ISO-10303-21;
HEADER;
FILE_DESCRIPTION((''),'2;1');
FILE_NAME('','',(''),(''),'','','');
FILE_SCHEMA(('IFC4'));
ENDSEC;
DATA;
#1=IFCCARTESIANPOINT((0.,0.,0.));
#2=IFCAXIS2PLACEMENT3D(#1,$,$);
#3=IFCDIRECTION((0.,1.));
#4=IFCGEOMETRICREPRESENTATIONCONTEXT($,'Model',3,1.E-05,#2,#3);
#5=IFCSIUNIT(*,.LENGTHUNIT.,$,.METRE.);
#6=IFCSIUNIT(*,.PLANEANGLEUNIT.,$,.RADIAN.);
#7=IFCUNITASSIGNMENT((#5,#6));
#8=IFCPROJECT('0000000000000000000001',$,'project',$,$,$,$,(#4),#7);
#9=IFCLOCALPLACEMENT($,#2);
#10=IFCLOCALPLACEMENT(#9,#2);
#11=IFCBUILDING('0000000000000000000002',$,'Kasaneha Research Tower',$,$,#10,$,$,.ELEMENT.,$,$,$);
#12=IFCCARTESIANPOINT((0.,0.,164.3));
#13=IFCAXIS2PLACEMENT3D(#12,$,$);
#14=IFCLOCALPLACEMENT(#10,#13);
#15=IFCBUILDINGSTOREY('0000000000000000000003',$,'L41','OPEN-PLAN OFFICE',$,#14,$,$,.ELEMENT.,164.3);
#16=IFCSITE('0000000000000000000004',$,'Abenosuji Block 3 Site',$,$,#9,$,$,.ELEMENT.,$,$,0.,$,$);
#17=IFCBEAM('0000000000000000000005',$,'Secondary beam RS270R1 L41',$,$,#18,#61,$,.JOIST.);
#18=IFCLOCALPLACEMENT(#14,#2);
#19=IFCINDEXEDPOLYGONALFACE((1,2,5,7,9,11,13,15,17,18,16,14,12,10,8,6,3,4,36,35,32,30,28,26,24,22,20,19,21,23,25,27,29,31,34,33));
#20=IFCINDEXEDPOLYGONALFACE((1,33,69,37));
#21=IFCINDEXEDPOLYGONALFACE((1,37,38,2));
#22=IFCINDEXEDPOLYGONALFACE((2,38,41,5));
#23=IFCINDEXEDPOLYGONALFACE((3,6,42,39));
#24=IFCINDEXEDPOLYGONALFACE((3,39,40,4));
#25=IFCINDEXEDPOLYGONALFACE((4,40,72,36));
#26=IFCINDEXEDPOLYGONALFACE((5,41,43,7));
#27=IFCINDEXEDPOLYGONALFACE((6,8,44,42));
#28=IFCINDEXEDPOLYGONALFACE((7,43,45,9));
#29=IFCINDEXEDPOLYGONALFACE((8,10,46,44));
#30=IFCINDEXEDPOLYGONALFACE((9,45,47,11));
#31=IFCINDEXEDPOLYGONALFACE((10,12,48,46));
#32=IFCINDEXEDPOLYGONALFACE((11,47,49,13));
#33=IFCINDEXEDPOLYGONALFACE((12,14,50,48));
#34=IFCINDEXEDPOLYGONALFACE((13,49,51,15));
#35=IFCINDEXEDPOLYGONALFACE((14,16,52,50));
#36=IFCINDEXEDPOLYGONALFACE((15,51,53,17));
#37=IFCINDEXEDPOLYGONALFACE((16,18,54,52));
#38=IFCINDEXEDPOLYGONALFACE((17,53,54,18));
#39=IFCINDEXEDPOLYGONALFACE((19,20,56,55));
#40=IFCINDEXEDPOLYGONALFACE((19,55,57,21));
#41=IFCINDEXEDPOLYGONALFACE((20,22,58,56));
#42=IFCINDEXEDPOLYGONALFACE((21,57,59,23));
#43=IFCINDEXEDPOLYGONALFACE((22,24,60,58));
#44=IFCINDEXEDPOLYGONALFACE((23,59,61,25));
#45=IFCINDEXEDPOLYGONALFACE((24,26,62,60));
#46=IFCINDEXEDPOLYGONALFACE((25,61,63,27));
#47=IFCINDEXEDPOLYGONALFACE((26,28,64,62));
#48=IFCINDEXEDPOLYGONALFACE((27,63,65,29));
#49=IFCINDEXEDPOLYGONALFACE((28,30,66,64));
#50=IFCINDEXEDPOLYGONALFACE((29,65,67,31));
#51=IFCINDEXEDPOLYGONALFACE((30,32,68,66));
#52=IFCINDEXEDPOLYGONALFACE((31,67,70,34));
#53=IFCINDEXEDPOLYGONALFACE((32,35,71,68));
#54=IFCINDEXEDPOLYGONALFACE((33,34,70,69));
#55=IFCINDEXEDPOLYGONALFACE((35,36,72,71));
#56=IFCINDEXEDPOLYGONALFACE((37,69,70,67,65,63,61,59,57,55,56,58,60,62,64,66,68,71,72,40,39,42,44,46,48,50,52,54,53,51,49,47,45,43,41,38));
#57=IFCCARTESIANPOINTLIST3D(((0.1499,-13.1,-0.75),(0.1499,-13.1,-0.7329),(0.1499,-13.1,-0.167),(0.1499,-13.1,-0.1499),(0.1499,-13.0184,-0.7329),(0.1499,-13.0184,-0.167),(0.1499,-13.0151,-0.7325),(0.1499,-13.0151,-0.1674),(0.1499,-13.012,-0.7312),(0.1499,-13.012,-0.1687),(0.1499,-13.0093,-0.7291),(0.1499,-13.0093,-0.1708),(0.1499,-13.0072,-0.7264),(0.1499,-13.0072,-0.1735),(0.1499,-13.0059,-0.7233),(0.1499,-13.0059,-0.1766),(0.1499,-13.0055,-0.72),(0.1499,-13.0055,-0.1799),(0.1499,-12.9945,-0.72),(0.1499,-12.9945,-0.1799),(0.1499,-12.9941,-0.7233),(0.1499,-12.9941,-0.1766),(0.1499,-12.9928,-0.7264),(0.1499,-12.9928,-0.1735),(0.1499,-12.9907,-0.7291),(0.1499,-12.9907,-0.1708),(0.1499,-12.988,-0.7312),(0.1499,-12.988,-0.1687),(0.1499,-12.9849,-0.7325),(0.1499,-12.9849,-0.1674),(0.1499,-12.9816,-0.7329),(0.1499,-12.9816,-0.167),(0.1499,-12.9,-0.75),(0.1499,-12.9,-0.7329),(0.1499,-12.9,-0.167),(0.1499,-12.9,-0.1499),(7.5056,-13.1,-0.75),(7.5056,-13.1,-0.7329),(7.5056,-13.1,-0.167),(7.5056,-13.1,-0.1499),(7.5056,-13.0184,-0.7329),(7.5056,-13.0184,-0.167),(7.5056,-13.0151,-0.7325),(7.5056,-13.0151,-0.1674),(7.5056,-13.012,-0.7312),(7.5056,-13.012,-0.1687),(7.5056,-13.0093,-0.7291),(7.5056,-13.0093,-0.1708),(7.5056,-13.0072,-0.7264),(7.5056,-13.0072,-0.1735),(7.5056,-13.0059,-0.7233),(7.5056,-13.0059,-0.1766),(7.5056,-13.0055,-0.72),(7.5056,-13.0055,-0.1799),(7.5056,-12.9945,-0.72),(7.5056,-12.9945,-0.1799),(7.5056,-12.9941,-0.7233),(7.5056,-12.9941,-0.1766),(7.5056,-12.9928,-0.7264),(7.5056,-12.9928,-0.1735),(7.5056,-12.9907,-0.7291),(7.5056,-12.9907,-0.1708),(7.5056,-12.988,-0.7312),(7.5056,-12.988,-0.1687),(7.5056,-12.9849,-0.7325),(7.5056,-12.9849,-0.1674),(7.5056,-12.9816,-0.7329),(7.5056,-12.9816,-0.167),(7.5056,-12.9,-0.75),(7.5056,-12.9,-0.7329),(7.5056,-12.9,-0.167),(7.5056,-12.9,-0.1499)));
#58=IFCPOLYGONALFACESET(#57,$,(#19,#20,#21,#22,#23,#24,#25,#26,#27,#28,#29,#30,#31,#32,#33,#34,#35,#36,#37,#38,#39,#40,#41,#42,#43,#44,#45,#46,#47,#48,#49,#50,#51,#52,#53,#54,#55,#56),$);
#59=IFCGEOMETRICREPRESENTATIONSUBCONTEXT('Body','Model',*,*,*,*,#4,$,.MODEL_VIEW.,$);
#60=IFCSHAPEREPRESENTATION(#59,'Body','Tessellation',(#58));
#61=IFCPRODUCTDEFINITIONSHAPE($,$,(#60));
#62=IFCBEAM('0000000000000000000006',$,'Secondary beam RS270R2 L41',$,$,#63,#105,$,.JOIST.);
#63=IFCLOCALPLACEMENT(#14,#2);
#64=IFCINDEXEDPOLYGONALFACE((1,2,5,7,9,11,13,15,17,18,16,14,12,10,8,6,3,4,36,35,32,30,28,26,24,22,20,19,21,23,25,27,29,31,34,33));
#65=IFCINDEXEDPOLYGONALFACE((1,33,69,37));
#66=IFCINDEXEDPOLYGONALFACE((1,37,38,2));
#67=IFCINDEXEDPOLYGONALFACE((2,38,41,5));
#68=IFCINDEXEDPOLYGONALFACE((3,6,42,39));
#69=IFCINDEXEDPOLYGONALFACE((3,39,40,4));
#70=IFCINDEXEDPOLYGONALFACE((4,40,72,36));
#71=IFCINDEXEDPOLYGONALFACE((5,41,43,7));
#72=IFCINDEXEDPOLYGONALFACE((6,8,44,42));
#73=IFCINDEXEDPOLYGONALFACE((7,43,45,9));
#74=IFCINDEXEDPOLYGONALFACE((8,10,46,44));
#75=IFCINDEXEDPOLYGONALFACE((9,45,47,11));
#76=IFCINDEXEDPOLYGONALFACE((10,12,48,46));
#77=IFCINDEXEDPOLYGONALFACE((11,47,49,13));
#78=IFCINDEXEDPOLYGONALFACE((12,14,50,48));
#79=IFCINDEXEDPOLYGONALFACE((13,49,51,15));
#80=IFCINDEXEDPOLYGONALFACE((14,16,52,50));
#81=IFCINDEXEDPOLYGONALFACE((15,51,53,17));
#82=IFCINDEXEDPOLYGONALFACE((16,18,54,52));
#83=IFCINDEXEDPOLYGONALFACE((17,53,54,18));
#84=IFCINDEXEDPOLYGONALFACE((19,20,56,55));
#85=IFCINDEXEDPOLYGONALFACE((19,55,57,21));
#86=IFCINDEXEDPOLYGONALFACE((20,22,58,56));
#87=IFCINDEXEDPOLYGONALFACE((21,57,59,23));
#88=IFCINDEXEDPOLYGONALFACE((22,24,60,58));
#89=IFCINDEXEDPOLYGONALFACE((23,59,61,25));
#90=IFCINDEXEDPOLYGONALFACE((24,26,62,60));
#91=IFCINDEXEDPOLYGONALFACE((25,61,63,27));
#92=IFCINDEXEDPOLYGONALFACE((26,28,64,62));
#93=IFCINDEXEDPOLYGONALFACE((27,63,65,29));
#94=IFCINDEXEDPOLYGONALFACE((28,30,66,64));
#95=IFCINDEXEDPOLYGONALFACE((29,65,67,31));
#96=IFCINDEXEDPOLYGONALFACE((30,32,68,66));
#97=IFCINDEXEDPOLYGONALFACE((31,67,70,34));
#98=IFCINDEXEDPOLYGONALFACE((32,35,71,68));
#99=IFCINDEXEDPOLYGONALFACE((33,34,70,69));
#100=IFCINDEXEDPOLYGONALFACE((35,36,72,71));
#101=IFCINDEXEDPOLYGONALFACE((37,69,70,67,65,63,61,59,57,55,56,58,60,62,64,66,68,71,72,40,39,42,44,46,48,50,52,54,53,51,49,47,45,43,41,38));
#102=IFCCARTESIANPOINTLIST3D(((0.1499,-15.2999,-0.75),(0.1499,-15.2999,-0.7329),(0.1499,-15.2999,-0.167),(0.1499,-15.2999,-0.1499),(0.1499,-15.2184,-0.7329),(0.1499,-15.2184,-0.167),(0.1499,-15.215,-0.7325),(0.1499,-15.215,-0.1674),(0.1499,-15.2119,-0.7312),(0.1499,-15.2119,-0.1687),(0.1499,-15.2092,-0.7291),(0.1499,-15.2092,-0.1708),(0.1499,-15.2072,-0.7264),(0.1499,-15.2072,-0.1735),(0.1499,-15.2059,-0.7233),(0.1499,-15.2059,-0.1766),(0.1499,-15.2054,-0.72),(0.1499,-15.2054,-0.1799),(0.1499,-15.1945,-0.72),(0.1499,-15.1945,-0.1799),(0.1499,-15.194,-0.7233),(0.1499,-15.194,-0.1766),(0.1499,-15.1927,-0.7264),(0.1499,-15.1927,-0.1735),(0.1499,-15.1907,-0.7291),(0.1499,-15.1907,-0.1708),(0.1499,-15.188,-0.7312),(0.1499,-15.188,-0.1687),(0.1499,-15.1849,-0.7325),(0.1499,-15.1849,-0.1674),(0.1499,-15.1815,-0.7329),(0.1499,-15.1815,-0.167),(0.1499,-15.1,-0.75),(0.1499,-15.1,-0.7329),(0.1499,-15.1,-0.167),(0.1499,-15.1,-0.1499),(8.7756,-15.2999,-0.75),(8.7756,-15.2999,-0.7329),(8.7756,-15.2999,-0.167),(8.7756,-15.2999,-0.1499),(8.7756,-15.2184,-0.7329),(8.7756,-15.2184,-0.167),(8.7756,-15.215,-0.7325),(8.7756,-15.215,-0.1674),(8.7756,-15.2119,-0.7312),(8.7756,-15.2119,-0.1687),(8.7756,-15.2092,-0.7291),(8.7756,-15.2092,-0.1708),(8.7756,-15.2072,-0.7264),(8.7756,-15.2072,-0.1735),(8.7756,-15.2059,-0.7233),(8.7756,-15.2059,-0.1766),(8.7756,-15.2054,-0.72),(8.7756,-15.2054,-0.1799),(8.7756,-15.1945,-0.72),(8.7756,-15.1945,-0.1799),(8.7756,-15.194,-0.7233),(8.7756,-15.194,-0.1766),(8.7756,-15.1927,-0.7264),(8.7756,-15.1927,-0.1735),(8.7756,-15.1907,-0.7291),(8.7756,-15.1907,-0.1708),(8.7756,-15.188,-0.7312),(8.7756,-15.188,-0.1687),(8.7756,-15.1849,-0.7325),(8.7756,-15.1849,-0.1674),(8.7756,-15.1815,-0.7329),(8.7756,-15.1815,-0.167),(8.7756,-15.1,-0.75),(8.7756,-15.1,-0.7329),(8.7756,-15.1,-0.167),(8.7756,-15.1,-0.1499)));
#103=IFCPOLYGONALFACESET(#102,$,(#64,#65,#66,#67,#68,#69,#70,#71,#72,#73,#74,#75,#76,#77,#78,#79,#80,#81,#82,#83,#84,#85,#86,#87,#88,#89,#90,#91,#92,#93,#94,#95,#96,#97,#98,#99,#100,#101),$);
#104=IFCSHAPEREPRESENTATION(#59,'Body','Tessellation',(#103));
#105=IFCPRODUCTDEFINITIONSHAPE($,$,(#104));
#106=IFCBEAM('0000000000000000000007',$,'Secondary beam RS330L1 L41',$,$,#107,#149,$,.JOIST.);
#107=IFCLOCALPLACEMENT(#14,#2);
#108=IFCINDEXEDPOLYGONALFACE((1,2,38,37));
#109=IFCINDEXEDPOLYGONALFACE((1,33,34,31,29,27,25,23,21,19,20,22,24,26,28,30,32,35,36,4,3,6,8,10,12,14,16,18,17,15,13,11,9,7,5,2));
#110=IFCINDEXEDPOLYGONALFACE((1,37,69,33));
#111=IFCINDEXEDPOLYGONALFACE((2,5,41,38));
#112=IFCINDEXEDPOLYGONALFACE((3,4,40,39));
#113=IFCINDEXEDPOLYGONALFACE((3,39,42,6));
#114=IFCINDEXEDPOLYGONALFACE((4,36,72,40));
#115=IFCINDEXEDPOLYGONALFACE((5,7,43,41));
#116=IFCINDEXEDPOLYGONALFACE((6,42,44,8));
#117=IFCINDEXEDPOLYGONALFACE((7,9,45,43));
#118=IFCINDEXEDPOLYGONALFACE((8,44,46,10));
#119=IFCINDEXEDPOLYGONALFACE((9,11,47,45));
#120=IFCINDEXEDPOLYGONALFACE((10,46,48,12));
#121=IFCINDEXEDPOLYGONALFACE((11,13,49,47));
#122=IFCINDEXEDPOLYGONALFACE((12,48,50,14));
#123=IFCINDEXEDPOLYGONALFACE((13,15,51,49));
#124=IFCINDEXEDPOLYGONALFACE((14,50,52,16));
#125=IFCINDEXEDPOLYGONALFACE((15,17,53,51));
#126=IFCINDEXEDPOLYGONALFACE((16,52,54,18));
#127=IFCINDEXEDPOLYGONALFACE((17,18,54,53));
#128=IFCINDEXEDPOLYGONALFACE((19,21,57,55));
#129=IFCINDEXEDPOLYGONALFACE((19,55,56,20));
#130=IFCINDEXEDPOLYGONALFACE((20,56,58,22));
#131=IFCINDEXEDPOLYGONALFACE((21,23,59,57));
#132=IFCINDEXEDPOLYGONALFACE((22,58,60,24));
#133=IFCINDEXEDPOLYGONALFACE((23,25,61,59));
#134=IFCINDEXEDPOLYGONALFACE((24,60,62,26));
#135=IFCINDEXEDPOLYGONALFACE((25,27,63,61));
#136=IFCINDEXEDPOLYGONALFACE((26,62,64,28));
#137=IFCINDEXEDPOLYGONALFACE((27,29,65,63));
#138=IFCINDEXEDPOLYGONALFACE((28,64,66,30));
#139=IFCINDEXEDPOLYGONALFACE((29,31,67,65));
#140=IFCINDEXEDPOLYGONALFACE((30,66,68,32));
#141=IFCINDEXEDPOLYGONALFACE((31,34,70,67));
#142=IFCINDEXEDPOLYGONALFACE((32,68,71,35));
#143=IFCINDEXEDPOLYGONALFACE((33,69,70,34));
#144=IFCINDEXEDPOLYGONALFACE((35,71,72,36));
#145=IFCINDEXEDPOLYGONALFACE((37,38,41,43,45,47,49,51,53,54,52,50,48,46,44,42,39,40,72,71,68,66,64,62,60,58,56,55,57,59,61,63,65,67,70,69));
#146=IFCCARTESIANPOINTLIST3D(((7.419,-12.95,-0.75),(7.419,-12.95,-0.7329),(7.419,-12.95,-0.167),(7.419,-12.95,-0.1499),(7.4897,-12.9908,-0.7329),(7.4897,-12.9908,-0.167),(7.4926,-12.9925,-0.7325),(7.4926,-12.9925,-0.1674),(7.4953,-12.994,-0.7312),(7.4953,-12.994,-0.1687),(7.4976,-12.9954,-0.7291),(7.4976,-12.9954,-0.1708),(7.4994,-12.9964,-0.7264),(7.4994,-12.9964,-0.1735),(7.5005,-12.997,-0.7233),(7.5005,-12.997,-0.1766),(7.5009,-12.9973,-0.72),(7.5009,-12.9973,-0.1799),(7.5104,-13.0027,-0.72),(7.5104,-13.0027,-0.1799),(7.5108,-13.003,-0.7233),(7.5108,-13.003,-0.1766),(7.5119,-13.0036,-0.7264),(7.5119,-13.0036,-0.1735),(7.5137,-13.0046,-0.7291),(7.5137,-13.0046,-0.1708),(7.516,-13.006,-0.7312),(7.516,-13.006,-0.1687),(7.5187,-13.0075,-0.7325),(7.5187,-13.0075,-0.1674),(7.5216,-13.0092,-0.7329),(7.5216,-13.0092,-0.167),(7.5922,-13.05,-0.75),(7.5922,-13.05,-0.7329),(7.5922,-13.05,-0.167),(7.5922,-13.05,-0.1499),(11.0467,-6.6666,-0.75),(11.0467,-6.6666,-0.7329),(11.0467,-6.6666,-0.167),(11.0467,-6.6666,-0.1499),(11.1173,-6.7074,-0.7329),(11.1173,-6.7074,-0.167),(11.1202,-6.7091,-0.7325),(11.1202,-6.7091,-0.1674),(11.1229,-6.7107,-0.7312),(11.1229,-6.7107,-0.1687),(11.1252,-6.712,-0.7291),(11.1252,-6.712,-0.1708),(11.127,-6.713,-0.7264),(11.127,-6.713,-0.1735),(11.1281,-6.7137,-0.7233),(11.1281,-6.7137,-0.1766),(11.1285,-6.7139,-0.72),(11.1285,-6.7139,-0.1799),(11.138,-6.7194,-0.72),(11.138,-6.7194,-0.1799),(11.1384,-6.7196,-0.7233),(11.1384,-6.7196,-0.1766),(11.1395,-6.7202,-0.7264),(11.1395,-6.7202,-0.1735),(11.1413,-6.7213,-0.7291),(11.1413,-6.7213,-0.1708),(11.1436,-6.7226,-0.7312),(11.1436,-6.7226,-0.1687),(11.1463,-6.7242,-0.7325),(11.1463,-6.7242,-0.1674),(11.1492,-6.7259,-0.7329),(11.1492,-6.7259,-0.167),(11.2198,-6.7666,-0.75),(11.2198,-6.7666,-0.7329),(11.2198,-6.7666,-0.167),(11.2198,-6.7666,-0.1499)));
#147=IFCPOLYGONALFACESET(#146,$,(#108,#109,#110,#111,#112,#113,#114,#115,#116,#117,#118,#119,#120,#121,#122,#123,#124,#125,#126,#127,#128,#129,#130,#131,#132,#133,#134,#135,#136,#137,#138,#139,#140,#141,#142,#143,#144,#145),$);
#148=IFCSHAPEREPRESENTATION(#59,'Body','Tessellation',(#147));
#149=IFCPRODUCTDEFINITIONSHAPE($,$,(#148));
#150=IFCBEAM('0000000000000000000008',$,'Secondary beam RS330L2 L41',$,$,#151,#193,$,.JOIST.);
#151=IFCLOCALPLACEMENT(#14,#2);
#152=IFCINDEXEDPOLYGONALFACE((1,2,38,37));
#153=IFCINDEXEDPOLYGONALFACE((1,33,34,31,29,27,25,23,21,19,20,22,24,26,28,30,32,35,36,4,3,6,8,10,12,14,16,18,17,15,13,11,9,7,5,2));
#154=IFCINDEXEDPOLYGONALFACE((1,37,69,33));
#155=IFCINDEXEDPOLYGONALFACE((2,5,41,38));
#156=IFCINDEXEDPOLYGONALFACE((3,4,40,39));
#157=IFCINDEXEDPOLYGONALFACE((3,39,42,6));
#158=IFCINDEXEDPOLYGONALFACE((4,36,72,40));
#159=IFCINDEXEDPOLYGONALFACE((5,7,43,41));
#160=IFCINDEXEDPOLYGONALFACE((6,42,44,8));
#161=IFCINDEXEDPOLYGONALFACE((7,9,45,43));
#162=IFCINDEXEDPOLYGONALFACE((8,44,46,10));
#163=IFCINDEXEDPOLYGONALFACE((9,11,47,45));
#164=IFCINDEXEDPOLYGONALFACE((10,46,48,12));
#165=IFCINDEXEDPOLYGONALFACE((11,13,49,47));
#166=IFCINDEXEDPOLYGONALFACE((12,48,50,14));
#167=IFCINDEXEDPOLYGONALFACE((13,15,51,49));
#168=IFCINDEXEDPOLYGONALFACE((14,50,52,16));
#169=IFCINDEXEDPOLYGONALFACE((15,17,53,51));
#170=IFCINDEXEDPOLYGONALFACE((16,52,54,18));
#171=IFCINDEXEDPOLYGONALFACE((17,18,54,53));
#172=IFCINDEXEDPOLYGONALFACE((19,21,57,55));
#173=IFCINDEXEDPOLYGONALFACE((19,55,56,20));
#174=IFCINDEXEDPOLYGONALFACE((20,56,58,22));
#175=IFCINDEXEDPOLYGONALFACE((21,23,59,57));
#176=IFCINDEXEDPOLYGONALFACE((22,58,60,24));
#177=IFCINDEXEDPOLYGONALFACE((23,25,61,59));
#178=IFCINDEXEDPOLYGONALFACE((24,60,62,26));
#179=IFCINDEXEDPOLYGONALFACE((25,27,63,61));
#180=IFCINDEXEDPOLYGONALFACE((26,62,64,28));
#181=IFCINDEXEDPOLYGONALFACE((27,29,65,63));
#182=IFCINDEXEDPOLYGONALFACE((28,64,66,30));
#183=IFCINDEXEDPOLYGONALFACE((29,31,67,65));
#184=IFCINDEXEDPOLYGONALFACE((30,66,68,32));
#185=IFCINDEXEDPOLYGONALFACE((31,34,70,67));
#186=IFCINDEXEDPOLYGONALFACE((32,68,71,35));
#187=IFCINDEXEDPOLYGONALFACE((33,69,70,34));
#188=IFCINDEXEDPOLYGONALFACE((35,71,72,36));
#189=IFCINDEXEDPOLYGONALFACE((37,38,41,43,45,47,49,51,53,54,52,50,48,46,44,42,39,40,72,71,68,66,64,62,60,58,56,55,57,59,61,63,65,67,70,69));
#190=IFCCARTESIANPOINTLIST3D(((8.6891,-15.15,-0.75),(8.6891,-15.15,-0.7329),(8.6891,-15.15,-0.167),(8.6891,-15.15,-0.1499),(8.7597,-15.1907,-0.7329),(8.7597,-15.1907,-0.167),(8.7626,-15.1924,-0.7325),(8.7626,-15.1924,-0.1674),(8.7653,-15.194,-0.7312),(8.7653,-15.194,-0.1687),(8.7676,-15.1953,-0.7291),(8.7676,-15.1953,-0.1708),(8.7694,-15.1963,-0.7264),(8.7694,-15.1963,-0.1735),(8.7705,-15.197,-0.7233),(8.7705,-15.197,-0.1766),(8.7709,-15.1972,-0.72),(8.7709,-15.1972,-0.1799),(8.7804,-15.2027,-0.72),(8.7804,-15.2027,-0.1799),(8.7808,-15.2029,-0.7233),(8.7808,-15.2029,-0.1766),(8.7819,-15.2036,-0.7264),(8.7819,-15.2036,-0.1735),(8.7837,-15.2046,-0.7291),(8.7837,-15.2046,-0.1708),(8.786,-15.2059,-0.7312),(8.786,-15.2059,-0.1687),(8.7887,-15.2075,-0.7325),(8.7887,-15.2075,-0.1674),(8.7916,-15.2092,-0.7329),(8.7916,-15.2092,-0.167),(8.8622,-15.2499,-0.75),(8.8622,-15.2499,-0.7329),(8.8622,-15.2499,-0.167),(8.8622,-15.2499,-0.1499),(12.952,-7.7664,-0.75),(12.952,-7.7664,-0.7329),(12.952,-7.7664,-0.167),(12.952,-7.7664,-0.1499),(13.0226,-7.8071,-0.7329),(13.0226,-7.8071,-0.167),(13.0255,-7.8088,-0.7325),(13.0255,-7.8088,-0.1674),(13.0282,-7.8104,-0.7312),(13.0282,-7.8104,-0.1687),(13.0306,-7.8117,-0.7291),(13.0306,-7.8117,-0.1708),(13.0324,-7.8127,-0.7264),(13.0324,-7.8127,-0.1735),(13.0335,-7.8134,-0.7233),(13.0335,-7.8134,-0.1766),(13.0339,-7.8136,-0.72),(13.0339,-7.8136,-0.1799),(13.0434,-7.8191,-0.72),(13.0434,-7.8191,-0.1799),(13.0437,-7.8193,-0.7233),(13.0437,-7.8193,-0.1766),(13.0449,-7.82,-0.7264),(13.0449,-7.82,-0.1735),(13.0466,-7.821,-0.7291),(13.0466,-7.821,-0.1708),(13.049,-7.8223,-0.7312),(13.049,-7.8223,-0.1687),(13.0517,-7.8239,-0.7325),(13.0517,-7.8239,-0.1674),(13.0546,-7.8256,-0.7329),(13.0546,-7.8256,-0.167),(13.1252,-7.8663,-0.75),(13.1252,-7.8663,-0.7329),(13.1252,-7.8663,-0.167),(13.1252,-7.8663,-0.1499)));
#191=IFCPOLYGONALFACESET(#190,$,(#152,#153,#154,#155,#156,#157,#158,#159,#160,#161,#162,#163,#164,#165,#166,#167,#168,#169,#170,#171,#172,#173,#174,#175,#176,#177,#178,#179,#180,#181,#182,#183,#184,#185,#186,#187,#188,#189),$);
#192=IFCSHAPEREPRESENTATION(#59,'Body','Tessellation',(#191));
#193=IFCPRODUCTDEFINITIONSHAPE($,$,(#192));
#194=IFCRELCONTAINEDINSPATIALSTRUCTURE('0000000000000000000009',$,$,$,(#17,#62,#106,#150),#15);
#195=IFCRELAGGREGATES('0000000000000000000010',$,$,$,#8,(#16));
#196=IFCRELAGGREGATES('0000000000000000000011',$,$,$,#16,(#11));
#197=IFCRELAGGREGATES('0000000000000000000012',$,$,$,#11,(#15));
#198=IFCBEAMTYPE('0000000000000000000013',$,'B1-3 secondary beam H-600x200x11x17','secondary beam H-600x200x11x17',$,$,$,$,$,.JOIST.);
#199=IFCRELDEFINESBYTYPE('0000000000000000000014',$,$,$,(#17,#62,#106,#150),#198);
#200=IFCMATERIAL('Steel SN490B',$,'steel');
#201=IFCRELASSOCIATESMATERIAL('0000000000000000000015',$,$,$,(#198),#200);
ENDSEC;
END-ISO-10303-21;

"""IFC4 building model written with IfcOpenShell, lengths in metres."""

from ifc_helpers import new_model, si_unit, direction, frame, origin, origin_2d, place, context, subcontext, project, spatial, i_section, extrude, material, material_profile, profile_set, type_object, element, save


model = new_model("IFC4")

# Units and contexts
model_context = context("Model", 3, precision=1e-05, world=origin(), true_north=direction((0.0, 1.0)))
body_context = subcontext(model_context, "Body", "Model", "MODEL_VIEW")
ifc_project = project(units=[si_unit("LENGTHUNIT", "METRE"), si_unit("PLANEANGLEUNIT", "RADIAN")], contexts=[model_context])

# Site, building, storey
site_placement = place(None, origin())
site = spatial("IfcSite", under=ifc_project, at=site_placement, Name="Abenosuji Block 3 Site", CompositionType="ELEMENT", RefElevation=0.0)
building_placement = place(site_placement, origin())
building = spatial("IfcBuilding", under=site, at=building_placement, Name="Kasaneha Research Tower", CompositionType="ELEMENT")
storey_placement = place(building_placement, frame((0.0, 0.0, 164.3)))
storey = spatial("IfcBuildingStorey", under=building, at=storey_placement, Name="L41", Description="OPEN-PLAN OFFICE", CompositionType="ELEMENT", Elevation=164.3)

# Beams
ifc_material_1 = material(Name="Steel SN490B", Category="steel")
ifc_material_profile_1 = material_profile(ifc_material_1, i_section(OverallWidth=0.2, OverallDepth=0.6001, WebThickness=0.011, FlangeThickness=0.0171, FilletRadius=0.0129, at=origin_2d()), Name="H-600x200x11x17")
ifc_profile_set_1 = profile_set([ifc_material_profile_1], Name="Steel SN490B")
beam_type_1 = type_object("IfcBeamType", Name="B1-3 secondary beam H-600x200x11x17", Description="secondary beam H-600x200x11x17", PredefinedType="JOIST", material=ifc_profile_set_1)
beam_1_placement = place(storey_placement, frame((7.5056, -13.0, -0.45), z_axis=(-1.0, 0.0, 0.0), x_axis=(0.0, -1.0, 0.0)))
element("IfcBeam", 1, at=beam_1_placement, inside=storey, type_object=beam_type_1, Name="Secondary beam RS270R1 L41", PredefinedType="JOIST", context=body_context, shape_type="SweptSolid", body=[
    extrude(i_section(OverallWidth=0.2, OverallDepth=0.6001, WebThickness=0.011, FlangeThickness=0.0171, FilletRadius=0.0129, at=origin_2d()), origin(), (0.0, 0.0, 1.0), 7.3557),
])
beam_2_placement = place(storey_placement, frame((8.7756, -15.2, -0.45), z_axis=(-1.0, 0.0, 0.0), x_axis=(0.0, -1.0, 0.0)))
element("IfcBeam", 2, at=beam_2_placement, inside=storey, type_object=beam_type_1, Name="Secondary beam RS270R2 L41", PredefinedType="JOIST", context=body_context, shape_type="SweptSolid", body=[
    extrude(i_section(OverallWidth=0.2, OverallDepth=0.6001, WebThickness=0.011, FlangeThickness=0.0171, FilletRadius=0.0129, at=origin_2d()), origin(), (0.0, 0.0, 1.0), 8.6257),
])
beam_3_placement = place(storey_placement, frame((7.5056, -13.0, -0.45), z_axis=(0.499993, 0.866029, 0.0), x_axis=(-0.866029, 0.499993, 0.0)))
element("IfcBeam", 3, at=beam_3_placement, inside=storey, type_object=beam_type_1, Name="Secondary beam RS330L1 L41", PredefinedType="JOIST", context=body_context, shape_type="SweptSolid", body=[
    extrude(i_section(OverallWidth=0.2, OverallDepth=0.6001, WebThickness=0.011, FlangeThickness=0.0171, FilletRadius=0.0129, at=origin_2d()), origin(), (0.0, 0.0, 1.0), 7.2554),
])
beam_4_placement = place(storey_placement, frame((8.7756, -15.2, -0.45), z_axis=(0.500004, 0.866023, 0.0), x_axis=(-0.866023, 0.500004, 0.0)))
element("IfcBeam", 4, at=beam_4_placement, inside=storey, type_object=beam_type_1, Name="Secondary beam RS330L2 L41", PredefinedType="JOIST", context=body_context, shape_type="SweptSolid", body=[
    extrude(i_section(OverallWidth=0.2, OverallDepth=0.6001, WebThickness=0.011, FlangeThickness=0.0171, FilletRadius=0.0129, at=origin_2d()), origin(), (0.0, 0.0, 1.0), 8.5259),
])

save(model, "model.ifc")
